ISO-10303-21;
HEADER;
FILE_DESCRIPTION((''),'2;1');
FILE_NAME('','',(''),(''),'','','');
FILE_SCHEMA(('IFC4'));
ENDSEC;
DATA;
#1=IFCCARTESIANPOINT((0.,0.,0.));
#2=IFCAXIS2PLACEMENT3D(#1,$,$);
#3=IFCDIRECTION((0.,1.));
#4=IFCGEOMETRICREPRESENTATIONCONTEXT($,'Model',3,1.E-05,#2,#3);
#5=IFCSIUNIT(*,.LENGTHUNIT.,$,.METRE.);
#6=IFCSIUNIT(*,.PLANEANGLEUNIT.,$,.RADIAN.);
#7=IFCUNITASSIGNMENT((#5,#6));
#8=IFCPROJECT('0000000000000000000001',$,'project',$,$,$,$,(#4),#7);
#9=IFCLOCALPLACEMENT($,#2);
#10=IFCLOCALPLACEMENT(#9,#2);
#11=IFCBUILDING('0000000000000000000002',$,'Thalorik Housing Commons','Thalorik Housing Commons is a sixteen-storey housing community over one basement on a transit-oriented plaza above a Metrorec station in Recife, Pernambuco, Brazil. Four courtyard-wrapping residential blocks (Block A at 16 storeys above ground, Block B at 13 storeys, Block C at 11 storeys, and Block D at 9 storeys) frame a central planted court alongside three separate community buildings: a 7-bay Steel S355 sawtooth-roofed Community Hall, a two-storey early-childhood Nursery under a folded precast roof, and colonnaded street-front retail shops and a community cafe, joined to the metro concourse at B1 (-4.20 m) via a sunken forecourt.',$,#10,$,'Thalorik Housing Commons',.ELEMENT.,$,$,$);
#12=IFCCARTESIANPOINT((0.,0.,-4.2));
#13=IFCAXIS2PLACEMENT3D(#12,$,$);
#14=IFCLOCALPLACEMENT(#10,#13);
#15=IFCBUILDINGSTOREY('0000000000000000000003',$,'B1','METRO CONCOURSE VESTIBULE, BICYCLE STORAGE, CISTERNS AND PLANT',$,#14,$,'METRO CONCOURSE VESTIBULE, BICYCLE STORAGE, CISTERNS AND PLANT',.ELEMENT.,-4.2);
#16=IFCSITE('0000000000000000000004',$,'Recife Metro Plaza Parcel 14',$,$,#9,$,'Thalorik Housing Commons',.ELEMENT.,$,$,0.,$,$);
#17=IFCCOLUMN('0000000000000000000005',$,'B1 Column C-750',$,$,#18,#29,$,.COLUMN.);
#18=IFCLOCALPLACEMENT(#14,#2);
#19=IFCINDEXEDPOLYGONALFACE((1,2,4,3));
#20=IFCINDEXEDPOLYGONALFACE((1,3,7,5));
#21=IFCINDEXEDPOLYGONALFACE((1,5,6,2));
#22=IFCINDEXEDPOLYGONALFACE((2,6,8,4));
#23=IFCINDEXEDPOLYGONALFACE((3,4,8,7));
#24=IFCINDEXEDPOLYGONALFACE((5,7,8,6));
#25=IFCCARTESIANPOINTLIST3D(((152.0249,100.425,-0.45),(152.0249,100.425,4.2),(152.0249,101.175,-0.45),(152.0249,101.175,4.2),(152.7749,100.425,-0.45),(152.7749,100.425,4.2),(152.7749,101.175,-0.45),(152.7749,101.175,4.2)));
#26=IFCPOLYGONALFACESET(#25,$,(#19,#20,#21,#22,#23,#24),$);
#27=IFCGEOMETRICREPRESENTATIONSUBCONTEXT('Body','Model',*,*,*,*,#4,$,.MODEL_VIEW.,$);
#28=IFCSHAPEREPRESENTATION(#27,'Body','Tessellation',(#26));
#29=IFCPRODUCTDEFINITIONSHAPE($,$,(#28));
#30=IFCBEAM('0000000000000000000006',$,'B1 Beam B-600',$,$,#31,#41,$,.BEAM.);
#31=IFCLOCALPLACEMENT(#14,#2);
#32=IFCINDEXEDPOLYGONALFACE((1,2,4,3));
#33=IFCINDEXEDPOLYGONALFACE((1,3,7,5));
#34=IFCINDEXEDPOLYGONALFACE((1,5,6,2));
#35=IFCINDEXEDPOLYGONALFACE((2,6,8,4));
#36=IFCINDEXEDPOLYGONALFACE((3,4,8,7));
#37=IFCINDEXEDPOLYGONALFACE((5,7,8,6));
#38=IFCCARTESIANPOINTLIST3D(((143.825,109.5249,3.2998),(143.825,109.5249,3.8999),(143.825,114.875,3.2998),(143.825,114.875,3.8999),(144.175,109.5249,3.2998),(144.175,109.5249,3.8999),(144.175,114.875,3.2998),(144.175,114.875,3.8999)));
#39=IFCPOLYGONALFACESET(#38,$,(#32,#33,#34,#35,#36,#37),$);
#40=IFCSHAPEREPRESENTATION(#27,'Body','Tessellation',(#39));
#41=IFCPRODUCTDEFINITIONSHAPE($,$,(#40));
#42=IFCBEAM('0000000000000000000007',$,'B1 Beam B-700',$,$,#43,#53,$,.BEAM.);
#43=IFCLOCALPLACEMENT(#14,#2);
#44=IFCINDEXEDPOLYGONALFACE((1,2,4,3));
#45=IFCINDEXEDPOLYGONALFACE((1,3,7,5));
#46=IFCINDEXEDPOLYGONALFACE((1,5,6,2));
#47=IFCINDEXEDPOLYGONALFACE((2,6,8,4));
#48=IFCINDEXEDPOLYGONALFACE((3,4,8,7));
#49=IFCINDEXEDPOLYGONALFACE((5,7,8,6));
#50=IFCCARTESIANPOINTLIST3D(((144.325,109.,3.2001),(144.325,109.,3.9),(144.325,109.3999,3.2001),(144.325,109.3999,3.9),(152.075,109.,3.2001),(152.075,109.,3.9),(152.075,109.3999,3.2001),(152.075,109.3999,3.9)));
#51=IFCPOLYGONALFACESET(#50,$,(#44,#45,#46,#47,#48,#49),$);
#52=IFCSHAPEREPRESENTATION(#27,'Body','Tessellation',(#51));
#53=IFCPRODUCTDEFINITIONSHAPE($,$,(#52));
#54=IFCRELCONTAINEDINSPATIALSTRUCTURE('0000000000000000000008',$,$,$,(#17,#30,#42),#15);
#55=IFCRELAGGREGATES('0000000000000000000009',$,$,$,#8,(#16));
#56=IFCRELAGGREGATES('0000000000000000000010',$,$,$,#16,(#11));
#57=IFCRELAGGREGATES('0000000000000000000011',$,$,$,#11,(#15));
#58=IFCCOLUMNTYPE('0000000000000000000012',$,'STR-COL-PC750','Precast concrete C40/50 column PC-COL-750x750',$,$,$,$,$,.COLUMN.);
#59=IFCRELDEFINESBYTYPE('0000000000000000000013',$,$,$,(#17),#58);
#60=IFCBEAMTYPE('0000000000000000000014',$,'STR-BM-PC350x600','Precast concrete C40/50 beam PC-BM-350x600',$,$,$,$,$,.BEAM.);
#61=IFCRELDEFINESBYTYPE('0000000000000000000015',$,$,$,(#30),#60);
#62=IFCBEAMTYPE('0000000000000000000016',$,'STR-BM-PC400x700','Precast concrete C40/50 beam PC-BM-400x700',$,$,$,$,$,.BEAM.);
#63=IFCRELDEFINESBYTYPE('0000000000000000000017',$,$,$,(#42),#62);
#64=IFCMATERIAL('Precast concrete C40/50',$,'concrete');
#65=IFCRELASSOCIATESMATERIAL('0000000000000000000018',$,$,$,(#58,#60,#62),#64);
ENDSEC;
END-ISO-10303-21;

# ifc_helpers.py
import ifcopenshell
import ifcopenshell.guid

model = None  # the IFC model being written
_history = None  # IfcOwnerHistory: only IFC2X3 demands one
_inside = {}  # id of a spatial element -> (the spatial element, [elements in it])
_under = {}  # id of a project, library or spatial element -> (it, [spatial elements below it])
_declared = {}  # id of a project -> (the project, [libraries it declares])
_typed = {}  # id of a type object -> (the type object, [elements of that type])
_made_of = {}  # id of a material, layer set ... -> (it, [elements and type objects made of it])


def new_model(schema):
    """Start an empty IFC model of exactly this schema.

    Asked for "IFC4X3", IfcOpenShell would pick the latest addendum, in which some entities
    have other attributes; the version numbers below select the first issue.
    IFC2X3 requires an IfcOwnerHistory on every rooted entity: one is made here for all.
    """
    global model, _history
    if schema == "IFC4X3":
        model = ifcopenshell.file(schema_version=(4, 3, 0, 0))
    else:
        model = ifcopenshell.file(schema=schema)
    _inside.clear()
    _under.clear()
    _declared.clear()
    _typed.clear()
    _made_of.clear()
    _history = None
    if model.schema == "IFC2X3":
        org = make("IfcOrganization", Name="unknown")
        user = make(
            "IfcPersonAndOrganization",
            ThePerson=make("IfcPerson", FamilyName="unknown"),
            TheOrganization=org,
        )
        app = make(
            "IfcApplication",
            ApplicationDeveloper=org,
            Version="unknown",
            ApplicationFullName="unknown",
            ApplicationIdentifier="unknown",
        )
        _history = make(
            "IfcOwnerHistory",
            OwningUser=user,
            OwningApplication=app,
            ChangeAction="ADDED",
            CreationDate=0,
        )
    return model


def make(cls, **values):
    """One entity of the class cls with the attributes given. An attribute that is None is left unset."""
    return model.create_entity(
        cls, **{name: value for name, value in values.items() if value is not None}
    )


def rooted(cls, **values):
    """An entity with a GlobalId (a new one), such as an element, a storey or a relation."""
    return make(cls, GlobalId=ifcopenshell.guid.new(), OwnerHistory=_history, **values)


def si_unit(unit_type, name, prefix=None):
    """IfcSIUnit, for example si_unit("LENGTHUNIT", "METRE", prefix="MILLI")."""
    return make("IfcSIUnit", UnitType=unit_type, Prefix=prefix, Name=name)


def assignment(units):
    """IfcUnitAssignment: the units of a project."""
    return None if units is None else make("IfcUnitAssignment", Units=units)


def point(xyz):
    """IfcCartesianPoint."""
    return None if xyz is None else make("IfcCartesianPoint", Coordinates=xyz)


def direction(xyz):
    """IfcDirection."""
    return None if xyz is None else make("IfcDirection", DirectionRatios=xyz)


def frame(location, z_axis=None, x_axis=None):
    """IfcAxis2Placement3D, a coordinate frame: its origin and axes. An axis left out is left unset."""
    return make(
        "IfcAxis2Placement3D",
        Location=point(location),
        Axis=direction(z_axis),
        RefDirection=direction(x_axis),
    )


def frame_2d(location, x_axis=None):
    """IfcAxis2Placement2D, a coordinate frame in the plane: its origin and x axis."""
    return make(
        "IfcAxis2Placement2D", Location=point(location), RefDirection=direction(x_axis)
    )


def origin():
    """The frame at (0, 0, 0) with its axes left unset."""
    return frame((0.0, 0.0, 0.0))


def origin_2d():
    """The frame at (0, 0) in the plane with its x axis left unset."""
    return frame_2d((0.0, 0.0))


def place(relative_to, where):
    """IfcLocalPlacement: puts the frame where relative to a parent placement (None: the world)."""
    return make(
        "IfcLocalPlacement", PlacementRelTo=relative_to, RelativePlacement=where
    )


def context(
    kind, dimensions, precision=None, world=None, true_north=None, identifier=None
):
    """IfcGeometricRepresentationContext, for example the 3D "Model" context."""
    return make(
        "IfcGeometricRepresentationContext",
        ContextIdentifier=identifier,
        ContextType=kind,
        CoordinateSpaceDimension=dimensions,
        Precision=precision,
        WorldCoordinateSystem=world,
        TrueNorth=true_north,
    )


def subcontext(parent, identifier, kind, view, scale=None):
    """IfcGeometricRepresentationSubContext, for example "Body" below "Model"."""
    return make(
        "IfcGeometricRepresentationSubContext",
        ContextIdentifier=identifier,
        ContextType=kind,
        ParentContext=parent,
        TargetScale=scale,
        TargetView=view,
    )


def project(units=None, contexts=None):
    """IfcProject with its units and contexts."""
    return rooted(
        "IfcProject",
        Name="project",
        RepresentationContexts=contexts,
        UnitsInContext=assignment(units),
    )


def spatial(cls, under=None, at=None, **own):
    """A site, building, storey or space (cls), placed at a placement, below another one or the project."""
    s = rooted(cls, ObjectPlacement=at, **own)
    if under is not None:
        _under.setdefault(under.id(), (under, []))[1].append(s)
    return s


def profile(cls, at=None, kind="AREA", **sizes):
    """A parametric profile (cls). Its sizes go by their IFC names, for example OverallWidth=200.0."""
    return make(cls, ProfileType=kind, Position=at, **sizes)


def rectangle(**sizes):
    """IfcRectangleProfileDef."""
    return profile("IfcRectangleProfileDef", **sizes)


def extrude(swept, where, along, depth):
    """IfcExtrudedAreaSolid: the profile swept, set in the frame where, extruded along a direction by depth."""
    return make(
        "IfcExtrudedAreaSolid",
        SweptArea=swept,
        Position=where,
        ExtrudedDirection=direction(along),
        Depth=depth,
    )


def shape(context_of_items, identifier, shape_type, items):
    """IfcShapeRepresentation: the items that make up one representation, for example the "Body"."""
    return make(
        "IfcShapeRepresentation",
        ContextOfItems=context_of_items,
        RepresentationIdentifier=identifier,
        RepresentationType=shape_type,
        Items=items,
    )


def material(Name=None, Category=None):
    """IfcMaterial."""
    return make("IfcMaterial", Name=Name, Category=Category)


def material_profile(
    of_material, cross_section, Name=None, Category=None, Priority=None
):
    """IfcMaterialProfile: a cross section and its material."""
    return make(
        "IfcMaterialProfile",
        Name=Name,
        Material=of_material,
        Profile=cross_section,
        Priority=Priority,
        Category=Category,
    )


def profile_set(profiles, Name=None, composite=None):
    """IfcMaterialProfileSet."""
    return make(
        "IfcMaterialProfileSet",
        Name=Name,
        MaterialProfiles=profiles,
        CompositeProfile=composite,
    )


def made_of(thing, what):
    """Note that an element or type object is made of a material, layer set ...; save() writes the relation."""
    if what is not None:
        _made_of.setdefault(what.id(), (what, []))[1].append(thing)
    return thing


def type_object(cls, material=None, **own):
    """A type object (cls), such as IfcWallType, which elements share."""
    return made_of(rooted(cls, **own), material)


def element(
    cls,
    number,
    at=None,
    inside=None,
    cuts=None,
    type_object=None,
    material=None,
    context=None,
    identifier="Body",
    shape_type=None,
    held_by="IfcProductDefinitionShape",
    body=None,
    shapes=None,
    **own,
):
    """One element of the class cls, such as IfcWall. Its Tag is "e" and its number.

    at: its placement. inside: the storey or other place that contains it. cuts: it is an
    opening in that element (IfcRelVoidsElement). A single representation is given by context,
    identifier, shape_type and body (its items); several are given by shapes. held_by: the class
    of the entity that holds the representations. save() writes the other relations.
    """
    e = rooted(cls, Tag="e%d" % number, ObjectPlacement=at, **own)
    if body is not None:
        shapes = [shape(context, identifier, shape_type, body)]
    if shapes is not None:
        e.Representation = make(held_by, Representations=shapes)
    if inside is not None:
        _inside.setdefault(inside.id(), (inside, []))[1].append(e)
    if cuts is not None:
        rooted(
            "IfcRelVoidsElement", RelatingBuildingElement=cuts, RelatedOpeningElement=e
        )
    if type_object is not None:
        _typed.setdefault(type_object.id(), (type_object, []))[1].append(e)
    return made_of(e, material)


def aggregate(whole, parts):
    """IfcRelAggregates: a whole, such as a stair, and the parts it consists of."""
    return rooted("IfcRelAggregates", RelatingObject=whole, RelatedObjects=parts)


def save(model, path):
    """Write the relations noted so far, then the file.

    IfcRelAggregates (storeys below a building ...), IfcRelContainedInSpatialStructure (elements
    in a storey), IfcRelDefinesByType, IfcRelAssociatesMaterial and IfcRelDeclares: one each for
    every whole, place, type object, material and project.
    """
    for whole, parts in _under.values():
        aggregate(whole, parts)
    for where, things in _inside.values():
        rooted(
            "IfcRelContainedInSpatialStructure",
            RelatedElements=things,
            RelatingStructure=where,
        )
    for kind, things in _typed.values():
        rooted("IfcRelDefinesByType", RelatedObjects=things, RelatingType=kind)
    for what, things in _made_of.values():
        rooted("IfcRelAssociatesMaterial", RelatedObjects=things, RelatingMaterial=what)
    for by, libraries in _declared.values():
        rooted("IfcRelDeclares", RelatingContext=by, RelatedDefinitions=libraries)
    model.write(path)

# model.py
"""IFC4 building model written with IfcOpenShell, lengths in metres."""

from ifc_helpers import new_model, si_unit, direction, frame, origin, origin_2d, place, context, subcontext, project, spatial, rectangle, extrude, material, material_profile, profile_set, type_object, element, save


model = new_model("IFC4")

# Units and contexts
model_context = context("Model", 3, precision=1e-05, world=origin(), true_north=direction((0.0, 1.0)))
body_context = subcontext(model_context, "Body", "Model", "MODEL_VIEW")
ifc_project = project(units=[si_unit("LENGTHUNIT", "METRE"), si_unit("PLANEANGLEUNIT", "RADIAN")], contexts=[model_context])

# Site, building, storey
site_placement = place(None, origin())
site = spatial("IfcSite", under=ifc_project, at=site_placement, Name="Recife Metro Plaza Parcel 14", LongName="Thalorik Housing Commons", CompositionType="ELEMENT", RefElevation=0.0)
building_placement = place(site_placement, origin())
building = spatial("IfcBuilding", under=site, at=building_placement, Name="Thalorik Housing Commons", Description="Thalorik Housing Commons is a sixteen-storey housing community over one basement on a transit-oriented plaza above a Metrorec station in Recife, Pernambuco, Brazil. Four courtyard-wrapping residential blocks (Block A at 16 storeys above ground, Block B at 13 storeys, Block C at 11 storeys, and Block D at 9 storeys) frame a central planted court alongside three separate community buildings: a 7-bay Steel S355 sawtooth-roofed Community Hall, a two-storey early-childhood Nursery under a folded precast roof, and colonnaded street-front retail shops and a community cafe, joined to the metro concourse at B1 (-4.20 m) via a sunken forecourt.", LongName="Thalorik Housing Commons", CompositionType="ELEMENT")
storey_placement = place(building_placement, frame((0.0, 0.0, -4.2)))
storey = spatial("IfcBuildingStorey", under=building, at=storey_placement, Name="B1", Description="METRO CONCOURSE VESTIBULE, BICYCLE STORAGE, CISTERNS AND PLANT", LongName="METRO CONCOURSE VESTIBULE, BICYCLE STORAGE, CISTERNS AND PLANT", CompositionType="ELEMENT", Elevation=-4.2)

# Column
ifc_material_1 = material(Name="Precast concrete C40/50", Category="concrete")
ifc_material_profile_1 = material_profile(ifc_material_1, rectangle(XDim=0.75, YDim=0.75, at=origin_2d()), Name="PC 750x750", Category="concrete")
ifc_profile_set_1 = profile_set([ifc_material_profile_1], Name="Precast concrete C40/50")
column_type = type_object("IfcColumnType", Name="STR-COL-PC750", Description="Precast concrete C40/50 column PC-COL-750x750", PredefinedType="COLUMN", material=ifc_profile_set_1)
for number, where, z_axis, x_axis, name in (
    (1, (152.3999, 100.8, -0.45), (0.0, 0.0, 1.0), (1.0, 0.0, 0.0), "B1 Column C-750"),
):
    element("IfcColumn", number, at=place(storey_placement, frame(where, z_axis=z_axis, x_axis=x_axis)), inside=storey, type_object=column_type, Name=name, PredefinedType="COLUMN", context=body_context, shape_type="SweptSolid", body=[
        extrude(rectangle(XDim=0.75, YDim=0.75, at=origin_2d()), origin(), (0.0, 0.0, 1.0), 4.6499),
    ])

# Beams
ifc_material_profile_2 = material_profile(ifc_material_1, rectangle(XDim=0.3501, YDim=0.6001, at=origin_2d()), Name="PC 350x600", Category="concrete")
ifc_profile_set_2 = profile_set([ifc_material_profile_2], Name="Precast concrete C40/50")
beam_type_1 = type_object("IfcBeamType", Name="STR-BM-PC350x600", Description="Precast concrete C40/50 beam PC-BM-350x600", PredefinedType="BEAM", material=ifc_profile_set_2)
beam_1_placement = place(storey_placement, frame((144.0, 109.5249, 3.5999), z_axis=(0.0, 1.0, 0.0), x_axis=(-1.0, 0.0, 0.0)))
element("IfcBeam", 2, at=beam_1_placement, inside=storey, type_object=beam_type_1, Name="B1 Beam B-600", PredefinedType="BEAM", context=body_context, shape_type="SweptSolid", body=[
    extrude(rectangle(XDim=0.3501, YDim=0.6001, at=origin_2d()), origin(), (0.0, 0.0, 1.0), 5.3501),
])
ifc_material_profile_3 = material_profile(ifc_material_1, rectangle(XDim=0.3999, YDim=0.7, at=origin_2d()), Name="PC 400x700", Category="concrete")
ifc_profile_set_3 = profile_set([ifc_material_profile_3], Name="Precast concrete C40/50")
beam_type_2 = type_object("IfcBeamType", Name="STR-BM-PC400x700", Description="Precast concrete C40/50 beam PC-BM-400x700", PredefinedType="BEAM", material=ifc_profile_set_3)
beam_2_placement = place(storey_placement, frame((144.325, 109.2, 3.55), z_axis=(1.0, 0.0, 0.0), x_axis=(0.0, 1.0, 0.0)))
element("IfcBeam", 3, at=beam_2_placement, inside=storey, type_object=beam_type_2, Name="B1 Beam B-700", PredefinedType="BEAM", context=body_context, shape_type="SweptSolid", body=[
    extrude(rectangle(XDim=0.3999, YDim=0.7, at=origin_2d()), origin(), (0.0, 0.0, 1.0), 7.75),
])

save(model, "model.ifc")
